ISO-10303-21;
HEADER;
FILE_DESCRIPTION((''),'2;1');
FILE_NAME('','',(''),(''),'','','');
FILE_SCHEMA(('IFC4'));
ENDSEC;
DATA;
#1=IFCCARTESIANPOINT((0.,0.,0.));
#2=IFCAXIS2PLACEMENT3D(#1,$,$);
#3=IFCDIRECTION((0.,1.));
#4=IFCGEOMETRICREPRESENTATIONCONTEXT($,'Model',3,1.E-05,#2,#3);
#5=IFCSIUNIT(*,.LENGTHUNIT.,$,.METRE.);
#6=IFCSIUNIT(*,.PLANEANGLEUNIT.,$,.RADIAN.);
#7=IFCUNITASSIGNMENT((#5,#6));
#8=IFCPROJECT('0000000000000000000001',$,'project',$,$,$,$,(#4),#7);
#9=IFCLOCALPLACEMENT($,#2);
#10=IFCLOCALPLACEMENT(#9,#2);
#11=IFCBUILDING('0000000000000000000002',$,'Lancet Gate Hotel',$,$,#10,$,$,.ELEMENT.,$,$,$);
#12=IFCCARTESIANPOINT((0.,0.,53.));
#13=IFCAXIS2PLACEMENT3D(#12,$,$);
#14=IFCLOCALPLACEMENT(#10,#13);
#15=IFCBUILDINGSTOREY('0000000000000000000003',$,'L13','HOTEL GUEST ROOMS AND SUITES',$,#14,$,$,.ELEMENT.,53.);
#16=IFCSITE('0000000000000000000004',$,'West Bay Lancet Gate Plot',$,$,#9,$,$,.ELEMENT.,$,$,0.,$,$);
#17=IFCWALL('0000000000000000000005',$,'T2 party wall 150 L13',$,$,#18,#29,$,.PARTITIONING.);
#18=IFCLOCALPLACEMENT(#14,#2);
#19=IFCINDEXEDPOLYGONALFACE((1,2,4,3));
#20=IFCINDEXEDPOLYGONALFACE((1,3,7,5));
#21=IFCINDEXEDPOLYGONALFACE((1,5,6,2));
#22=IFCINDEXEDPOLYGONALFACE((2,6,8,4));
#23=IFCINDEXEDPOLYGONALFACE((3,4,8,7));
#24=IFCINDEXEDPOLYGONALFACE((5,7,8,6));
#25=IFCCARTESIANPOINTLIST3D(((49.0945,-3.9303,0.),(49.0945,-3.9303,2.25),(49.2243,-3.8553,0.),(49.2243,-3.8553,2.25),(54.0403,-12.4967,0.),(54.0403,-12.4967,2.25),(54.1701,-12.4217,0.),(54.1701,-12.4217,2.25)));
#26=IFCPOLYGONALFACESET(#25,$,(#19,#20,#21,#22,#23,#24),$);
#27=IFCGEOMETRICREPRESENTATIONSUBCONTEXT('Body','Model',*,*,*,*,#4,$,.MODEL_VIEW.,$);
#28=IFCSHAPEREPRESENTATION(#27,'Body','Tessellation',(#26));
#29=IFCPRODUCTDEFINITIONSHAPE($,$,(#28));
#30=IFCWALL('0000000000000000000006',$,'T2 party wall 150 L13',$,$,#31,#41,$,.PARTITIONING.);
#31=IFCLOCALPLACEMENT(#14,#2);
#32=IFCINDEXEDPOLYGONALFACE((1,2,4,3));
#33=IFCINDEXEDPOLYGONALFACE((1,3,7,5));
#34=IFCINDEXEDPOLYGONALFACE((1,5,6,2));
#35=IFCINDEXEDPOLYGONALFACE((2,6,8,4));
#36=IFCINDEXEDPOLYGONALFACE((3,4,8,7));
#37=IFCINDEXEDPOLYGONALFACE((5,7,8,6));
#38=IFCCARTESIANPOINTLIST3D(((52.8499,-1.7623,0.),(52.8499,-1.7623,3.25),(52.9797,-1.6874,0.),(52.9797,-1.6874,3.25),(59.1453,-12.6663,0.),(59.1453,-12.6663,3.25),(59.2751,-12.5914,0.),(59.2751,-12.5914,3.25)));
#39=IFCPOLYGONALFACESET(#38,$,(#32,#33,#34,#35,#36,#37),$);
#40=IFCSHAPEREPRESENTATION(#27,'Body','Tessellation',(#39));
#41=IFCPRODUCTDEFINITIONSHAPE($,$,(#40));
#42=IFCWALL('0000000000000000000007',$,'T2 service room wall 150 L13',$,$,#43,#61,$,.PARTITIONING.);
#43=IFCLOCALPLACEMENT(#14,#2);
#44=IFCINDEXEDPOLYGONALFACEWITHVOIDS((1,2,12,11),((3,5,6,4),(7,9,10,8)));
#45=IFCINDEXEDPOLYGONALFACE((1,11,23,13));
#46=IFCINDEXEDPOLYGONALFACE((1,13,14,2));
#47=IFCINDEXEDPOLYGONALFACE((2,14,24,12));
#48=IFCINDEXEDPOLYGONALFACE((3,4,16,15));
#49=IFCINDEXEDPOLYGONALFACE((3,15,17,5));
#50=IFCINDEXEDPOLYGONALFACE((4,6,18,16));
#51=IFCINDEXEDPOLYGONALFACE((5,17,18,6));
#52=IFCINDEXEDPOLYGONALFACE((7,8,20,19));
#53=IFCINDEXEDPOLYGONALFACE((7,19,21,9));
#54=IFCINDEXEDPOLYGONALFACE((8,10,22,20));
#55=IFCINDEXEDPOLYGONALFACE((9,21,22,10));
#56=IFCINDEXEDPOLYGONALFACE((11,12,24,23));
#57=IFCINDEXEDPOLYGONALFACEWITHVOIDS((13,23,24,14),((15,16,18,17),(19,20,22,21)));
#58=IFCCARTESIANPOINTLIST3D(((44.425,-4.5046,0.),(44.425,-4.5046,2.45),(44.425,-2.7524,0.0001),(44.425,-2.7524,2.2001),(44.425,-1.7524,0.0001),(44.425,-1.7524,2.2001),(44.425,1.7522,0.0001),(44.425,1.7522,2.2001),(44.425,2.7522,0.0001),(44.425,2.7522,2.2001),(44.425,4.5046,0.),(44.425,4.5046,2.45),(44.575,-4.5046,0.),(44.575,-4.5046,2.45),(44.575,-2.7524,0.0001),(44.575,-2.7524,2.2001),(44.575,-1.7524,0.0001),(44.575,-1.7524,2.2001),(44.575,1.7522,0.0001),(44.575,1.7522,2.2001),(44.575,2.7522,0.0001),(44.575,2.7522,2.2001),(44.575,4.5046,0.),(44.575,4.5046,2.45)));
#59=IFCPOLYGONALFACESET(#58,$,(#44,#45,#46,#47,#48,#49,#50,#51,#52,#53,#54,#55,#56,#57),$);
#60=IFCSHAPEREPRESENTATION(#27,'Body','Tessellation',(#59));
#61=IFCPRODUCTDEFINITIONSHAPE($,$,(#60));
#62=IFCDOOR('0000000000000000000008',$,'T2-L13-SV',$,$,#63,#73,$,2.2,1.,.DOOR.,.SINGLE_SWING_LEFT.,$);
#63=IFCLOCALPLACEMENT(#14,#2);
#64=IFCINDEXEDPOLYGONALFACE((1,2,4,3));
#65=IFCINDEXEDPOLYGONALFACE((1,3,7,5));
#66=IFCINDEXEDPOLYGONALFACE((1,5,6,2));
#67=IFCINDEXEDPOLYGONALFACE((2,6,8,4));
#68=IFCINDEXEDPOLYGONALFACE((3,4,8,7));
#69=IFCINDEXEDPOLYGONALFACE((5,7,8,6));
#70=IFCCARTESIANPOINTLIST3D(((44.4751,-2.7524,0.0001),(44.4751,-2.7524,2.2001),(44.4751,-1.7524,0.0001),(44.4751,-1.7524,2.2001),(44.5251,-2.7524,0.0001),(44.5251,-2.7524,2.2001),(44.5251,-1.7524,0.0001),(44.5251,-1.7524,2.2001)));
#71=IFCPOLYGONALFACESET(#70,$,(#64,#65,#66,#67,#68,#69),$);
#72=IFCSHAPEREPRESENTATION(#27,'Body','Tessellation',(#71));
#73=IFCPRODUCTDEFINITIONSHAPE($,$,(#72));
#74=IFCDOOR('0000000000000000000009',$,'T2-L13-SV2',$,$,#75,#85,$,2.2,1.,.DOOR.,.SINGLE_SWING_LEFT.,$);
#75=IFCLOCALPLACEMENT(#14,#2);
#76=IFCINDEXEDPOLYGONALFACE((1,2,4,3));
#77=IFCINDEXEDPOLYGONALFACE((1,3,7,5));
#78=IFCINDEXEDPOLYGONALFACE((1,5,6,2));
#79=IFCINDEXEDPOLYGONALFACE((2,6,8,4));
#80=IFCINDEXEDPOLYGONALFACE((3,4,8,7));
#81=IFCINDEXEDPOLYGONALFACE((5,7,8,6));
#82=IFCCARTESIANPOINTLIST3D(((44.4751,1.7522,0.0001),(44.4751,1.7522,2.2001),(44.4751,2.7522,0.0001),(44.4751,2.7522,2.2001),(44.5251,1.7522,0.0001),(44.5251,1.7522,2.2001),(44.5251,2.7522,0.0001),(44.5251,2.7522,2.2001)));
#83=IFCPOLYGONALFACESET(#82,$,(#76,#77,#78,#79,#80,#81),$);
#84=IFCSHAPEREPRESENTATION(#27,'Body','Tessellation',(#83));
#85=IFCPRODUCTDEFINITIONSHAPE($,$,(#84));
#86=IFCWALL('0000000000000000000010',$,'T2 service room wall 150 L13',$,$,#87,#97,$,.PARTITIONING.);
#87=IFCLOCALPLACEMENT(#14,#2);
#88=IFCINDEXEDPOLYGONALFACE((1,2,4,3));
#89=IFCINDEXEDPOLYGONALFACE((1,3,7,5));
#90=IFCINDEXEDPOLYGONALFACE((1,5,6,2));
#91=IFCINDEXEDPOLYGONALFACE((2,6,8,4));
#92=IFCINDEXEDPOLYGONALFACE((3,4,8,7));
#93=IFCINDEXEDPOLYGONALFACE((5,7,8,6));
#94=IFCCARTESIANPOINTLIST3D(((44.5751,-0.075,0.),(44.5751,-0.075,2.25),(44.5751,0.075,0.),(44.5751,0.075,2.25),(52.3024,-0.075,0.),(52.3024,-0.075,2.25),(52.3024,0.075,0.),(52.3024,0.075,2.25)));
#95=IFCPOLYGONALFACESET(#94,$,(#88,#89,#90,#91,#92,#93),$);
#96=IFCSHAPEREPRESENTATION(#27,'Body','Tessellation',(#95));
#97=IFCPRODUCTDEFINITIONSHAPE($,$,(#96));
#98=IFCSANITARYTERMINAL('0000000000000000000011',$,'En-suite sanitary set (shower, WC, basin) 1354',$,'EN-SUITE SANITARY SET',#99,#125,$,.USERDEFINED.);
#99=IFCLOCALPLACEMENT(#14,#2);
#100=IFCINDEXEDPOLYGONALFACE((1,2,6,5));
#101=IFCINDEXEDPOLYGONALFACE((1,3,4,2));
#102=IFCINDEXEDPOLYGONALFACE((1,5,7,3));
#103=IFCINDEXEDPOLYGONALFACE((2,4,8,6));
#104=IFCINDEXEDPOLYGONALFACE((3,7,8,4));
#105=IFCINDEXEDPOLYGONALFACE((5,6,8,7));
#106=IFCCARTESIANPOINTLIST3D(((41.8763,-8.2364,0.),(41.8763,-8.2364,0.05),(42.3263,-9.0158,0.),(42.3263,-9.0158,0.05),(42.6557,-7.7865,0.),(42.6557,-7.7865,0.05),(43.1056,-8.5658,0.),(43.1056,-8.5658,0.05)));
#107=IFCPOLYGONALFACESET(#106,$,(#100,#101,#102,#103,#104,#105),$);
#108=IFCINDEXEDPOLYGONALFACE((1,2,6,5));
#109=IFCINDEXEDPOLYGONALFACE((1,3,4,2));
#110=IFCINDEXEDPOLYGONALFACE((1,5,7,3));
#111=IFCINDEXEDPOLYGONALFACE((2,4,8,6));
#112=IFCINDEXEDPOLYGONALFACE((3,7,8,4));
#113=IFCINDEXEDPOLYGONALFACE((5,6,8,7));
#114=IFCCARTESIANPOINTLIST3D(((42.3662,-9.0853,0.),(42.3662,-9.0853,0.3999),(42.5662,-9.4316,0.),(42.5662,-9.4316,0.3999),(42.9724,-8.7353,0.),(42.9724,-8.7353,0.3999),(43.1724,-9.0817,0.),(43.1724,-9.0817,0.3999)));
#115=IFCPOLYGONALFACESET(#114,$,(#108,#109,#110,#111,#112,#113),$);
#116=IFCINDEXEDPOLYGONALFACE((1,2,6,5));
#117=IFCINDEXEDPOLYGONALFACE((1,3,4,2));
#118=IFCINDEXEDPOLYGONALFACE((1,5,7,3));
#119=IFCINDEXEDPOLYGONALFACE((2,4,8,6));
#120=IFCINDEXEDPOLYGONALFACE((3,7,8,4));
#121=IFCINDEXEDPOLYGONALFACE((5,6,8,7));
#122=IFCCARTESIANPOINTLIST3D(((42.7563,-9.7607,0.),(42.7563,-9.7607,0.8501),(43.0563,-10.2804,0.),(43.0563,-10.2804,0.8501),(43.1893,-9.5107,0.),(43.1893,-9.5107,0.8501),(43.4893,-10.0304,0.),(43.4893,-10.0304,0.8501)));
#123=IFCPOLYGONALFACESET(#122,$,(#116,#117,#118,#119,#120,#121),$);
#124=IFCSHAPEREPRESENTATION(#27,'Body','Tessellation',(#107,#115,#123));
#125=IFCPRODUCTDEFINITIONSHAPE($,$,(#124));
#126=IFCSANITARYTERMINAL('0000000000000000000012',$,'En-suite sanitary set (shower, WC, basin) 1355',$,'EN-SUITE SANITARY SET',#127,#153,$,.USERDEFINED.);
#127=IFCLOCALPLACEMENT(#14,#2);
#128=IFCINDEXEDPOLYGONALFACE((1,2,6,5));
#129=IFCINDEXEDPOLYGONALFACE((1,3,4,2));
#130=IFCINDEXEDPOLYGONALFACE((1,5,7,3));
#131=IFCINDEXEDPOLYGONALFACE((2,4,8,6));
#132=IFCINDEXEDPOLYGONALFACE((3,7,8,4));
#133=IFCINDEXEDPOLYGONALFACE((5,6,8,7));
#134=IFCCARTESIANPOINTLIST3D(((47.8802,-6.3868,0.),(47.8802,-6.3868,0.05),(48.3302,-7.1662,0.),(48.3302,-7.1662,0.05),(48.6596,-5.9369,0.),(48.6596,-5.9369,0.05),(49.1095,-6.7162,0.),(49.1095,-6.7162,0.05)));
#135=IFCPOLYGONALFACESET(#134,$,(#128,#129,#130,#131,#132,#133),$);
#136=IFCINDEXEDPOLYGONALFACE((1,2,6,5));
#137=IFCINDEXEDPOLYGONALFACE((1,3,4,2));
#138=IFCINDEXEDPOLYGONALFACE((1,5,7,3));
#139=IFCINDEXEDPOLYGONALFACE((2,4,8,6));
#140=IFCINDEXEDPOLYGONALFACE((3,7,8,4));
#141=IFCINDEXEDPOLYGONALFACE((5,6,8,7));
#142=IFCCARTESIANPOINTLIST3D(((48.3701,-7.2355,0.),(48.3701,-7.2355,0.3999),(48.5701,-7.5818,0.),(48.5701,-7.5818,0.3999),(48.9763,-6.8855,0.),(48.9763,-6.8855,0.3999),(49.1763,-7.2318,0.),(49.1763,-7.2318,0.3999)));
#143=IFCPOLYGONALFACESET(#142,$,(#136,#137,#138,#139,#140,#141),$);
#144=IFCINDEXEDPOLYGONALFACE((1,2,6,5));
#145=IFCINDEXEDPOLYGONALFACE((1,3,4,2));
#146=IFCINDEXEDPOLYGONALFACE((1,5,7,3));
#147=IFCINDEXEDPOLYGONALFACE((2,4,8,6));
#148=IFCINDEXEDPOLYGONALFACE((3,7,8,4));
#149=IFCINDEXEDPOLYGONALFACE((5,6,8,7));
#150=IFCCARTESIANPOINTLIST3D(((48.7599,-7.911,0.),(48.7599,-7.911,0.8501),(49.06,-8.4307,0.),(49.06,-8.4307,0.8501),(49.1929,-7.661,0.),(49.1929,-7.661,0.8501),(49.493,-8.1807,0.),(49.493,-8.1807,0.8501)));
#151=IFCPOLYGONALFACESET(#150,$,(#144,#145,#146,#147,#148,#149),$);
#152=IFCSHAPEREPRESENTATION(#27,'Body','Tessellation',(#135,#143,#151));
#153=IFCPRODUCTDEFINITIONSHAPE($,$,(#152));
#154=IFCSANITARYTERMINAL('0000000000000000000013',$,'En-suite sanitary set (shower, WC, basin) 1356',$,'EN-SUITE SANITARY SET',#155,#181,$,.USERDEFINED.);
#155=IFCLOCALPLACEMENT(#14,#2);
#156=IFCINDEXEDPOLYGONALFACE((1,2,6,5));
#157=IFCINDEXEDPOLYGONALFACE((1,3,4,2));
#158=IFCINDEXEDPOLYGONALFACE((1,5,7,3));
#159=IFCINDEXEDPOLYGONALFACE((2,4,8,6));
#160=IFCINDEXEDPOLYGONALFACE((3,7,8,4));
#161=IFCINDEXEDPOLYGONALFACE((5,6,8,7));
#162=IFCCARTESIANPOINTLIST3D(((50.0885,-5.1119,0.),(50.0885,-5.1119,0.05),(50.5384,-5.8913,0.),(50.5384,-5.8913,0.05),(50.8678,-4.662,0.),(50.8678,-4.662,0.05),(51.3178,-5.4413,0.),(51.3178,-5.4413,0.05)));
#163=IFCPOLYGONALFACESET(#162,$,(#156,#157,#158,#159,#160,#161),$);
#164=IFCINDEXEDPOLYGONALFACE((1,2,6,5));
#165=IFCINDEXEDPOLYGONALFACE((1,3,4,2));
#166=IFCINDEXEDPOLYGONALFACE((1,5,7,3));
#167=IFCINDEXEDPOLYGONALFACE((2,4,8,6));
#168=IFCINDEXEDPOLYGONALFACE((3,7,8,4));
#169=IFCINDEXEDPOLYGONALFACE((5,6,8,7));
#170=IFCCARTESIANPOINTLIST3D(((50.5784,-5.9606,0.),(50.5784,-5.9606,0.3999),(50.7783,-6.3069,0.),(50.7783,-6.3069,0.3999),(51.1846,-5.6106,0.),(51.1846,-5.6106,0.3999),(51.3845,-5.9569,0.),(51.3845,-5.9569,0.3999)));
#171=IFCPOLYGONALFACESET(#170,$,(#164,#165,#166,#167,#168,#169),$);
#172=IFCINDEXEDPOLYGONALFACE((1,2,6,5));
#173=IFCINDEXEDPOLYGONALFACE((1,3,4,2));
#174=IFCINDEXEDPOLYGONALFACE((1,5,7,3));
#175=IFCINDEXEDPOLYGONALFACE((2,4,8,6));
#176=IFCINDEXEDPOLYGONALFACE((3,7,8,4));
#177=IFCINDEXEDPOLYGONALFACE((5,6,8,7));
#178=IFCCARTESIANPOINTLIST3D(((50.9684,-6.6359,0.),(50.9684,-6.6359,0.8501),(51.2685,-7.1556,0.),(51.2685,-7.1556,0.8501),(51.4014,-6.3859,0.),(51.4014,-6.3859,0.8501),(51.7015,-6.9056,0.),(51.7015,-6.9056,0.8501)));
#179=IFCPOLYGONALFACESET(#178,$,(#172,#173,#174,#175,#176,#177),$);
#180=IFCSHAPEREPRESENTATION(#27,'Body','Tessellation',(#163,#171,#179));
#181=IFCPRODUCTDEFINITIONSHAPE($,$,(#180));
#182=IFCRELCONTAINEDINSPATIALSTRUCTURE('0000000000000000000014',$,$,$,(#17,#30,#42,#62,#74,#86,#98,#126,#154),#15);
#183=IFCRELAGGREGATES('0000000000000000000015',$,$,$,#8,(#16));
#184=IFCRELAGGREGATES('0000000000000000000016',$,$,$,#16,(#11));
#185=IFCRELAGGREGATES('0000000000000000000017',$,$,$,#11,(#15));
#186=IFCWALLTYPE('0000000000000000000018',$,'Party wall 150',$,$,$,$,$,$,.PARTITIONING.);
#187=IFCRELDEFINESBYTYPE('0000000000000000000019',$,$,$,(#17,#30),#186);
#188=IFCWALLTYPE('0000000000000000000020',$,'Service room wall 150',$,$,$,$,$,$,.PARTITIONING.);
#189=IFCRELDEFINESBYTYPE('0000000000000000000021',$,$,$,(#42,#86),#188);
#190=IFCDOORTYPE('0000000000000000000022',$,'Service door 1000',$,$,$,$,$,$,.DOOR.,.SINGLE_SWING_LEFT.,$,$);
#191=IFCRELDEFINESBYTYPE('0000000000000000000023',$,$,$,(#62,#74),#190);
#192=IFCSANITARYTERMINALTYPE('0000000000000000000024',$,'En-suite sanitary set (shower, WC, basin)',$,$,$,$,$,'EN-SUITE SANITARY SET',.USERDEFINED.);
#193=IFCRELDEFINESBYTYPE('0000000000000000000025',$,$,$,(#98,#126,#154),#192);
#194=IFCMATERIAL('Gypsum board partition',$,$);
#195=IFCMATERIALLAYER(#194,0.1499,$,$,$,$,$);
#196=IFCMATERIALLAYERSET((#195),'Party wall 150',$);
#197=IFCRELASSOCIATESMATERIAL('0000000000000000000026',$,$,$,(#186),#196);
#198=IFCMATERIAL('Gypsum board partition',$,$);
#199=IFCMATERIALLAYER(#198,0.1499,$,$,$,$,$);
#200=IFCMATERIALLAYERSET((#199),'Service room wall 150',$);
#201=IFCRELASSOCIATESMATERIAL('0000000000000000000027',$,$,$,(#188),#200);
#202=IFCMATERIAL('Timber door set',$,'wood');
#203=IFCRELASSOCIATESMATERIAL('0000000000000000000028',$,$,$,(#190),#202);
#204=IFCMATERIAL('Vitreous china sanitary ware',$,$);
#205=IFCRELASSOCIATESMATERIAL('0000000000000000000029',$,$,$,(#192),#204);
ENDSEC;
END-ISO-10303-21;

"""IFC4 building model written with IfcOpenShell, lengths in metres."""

from ifc_helpers import new_model, si_unit, direction, frame, frame_2d, origin, origin_2d, place, context, subcontext, project, spatial, rectangle, extrude, material, layer, layer_set, type_object, element, fill, save


model = new_model("IFC4")

# Units and contexts
model_context = context("Model", 3, precision=1e-05, world=origin(), true_north=direction((0.0, 1.0)))
body_context = subcontext(model_context, "Body", "Model", "MODEL_VIEW")
ifc_project = project(units=[si_unit("LENGTHUNIT", "METRE"), si_unit("PLANEANGLEUNIT", "RADIAN")], contexts=[model_context])

# Site, building, storey
site_placement = place(None, origin())
site = spatial("IfcSite", under=ifc_project, at=site_placement, Name="West Bay Lancet Gate Plot", CompositionType="ELEMENT", RefElevation=0.0)
building_placement = place(site_placement, origin())
building = spatial("IfcBuilding", under=site, at=building_placement, Name="Lancet Gate Hotel", CompositionType="ELEMENT")
storey_placement = place(building_placement, frame((0.0, 0.0, 53.0)))
storey = spatial("IfcBuildingStorey", under=building, at=storey_placement, Name="L13", Description="HOTEL GUEST ROOMS AND SUITES", CompositionType="ELEMENT", Elevation=53.0)

# Walls
ifc_material_1 = material(Name="Gypsum board partition")
ifc_layer_1 = layer(ifc_material_1, 0.1499)
ifc_layer_set_1 = layer_set([ifc_layer_1], Name="Party wall 150")
wall_type_1 = type_object("IfcWallType", Name="Party wall 150", PredefinedType="PARTITIONING", material=ifc_layer_set_1)
wall_1_placement = place(storey_placement, frame((49.1594, -3.8928, 0.0), z_axis=(0.0, 0.0, 1.0), x_axis=(0.499999, -0.866026, 0.0)))
element("IfcWall", 1, at=wall_1_placement, inside=storey, type_object=wall_type_1, Name="T2 party wall 150 L13", PredefinedType="PARTITIONING", context=body_context, shape_type="SweptSolid", body=[
    extrude(rectangle(XDim=9.8916, YDim=0.1499, at=frame_2d((4.9458, 0.0))), origin(), (0.0, 0.0, 1.0), 2.25),
])
wall_2_placement = place(storey_placement, frame((52.9148, -1.7249, 0.0), z_axis=(0.0, 0.0, 1.0), x_axis=(0.499997, -0.866027, 0.0)))
element("IfcWall", 2, at=wall_2_placement, inside=storey, type_object=wall_type_1, Name="T2 party wall 150 L13", PredefinedType="PARTITIONING", context=body_context, shape_type="SweptSolid", body=[
    extrude(rectangle(XDim=12.5908, YDim=0.1499, at=frame_2d((6.2954, 0.0))), origin(), (0.0, 0.0, 1.0), 3.25),
])

# Wall, openings, doors
ifc_material_2 = material(Name="Gypsum board partition")
ifc_layer_2 = layer(ifc_material_2, 0.1499)
ifc_layer_set_2 = layer_set([ifc_layer_2], Name="Service room wall 150")
wall_type_2 = type_object("IfcWallType", Name="Service room wall 150", PredefinedType="PARTITIONING", material=ifc_layer_set_2)
wall_3_placement = place(storey_placement, frame((44.5, -4.5046, 0.0), z_axis=(0.0, 0.0, 1.0), x_axis=(0.0, 1.0, 0.0)))
wall_3 = element("IfcWall", 3, at=wall_3_placement, inside=storey, type_object=wall_type_2, Name="T2 service room wall 150 L13", PredefinedType="PARTITIONING", context=body_context, shape_type="SweptSolid", body=[
    extrude(rectangle(XDim=9.0093, YDim=0.1499, at=frame_2d((4.5046, 0.0))), origin(), (0.0, 0.0, 1.0), 2.45),
])
opening_1_placement = place(wall_3_placement, frame((1.7522, 0.0, 0.0)))
opening_1 = element("IfcOpeningElement", 4, at=opening_1_placement, cuts=wall_3, PredefinedType="OPENING", context=body_context, shape_type="SweptSolid", body=[
    extrude(rectangle(XDim=1.0, YDim=2.2, at=frame_2d((0.5, 1.1001))), frame((0.0, 0.085, 0.0), z_axis=(0.0, -1.0, 0.0), x_axis=(1.0, 0.0, 0.0)), (0.0, 0.0, 1.0), 0.1699),
])
opening_2_placement = place(wall_3_placement, frame((6.2568, 0.0, 0.0)))
opening_2 = element("IfcOpeningElement", 5, at=opening_2_placement, cuts=wall_3, PredefinedType="OPENING", context=body_context, shape_type="SweptSolid", body=[
    extrude(rectangle(XDim=1.0, YDim=2.2, at=frame_2d((0.5, 1.1001))), frame((0.0, 0.085, 0.0), z_axis=(0.0, -1.0, 0.0), x_axis=(1.0, 0.0, 0.0)), (0.0, 0.0, 1.0), 0.1699),
])
ifc_material_3 = material(Name="Timber door set", Category="wood")
door_type_1 = type_object("IfcDoorType", Name="Service door 1000", OperationType="SINGLE_SWING_LEFT", PredefinedType="DOOR", material=ifc_material_3)
door_1_placement = place(opening_1_placement, origin())
door_1 = element("IfcDoor", 6, at=door_1_placement, inside=storey, type_object=door_type_1, Name="T2-L13-SV", OperationType="SINGLE_SWING_LEFT", OverallHeight=2.2, OverallWidth=1.0, PredefinedType="DOOR", context=body_context, shape_type="SweptSolid", body=[
    extrude(rectangle(XDim=1.0, YDim=2.2, at=frame_2d((0.5, 1.1001))), frame((0.0, 0.0249, 0.0), z_axis=(0.0, -1.0, 0.0), x_axis=(1.0, 0.0, 0.0)), (0.0, 0.0, 1.0), 0.05),
])
fill(opening_1, door_1)
door_2_placement = place(opening_2_placement, origin())
door_2 = element("IfcDoor", 7, at=door_2_placement, inside=storey, type_object=door_type_1, Name="T2-L13-SV2", OperationType="SINGLE_SWING_LEFT", OverallHeight=2.2, OverallWidth=1.0, PredefinedType="DOOR", context=body_context, shape_type="SweptSolid", body=[
    extrude(rectangle(XDim=1.0, YDim=2.2, at=frame_2d((0.5, 1.1001))), frame((0.0, 0.0249, 0.0), z_axis=(0.0, -1.0, 0.0), x_axis=(1.0, 0.0, 0.0)), (0.0, 0.0, 1.0), 0.05),
])
fill(opening_2, door_2)

# Wall
wall_4_placement = place(storey_placement, frame((44.575, 0.0, 0.0), z_axis=(0.0, 0.0, 1.0), x_axis=(1.0, 0.0, 0.0)))
element("IfcWall", 8, at=wall_4_placement, inside=storey, type_object=wall_type_2, Name="T2 service room wall 150 L13", PredefinedType="PARTITIONING", context=body_context, shape_type="SweptSolid", body=[
    extrude(rectangle(XDim=7.7273, YDim=0.1499, at=frame_2d((3.8638, 0.0))), origin(), (0.0, 0.0, 1.0), 2.25),
])

# Sanitary terminals
ifc_material_4 = material(Name="Vitreous china sanitary ware")
sanitary_terminal_type = type_object("IfcSanitaryTerminalType", Name="En-suite sanitary set (shower, WC, basin)", ElementType="EN-SUITE SANITARY SET", PredefinedType="USERDEFINED", material=ifc_material_4)
sanitary_terminal_1_placement = place(storey_placement, frame((42.491, -8.4011, 0.0), z_axis=(0.0, 0.0, 1.0), x_axis=(1.0, 0.0, 0.0)))
element("IfcSanitaryTerminal", 9, at=sanitary_terminal_1_placement, inside=storey, type_object=sanitary_terminal_type, Name="En-suite sanitary set (shower, WC, basin) 1354", ObjectType="EN-SUITE SANITARY SET", PredefinedType="USERDEFINED", context=body_context, shape_type="SweptSolid", body=[
    extrude(rectangle(XDim=0.8999, YDim=0.8999, at=origin_2d()), frame((0.0, 0.0, 0.0), z_axis=(0.0, 0.0, 1.0), x_axis=(-0.5, 0.866025, 0.0)), (0.0, 0.0, 1.0), 0.05),
    extrude(rectangle(XDim=0.3999, YDim=0.7, at=origin_2d()), frame((0.2783, -0.6824, 0.0), z_axis=(0.0, 0.0, 1.0), x_axis=(-0.5, 0.866025, 0.0)), (0.0, 0.0, 1.0), 0.3999),
    extrude(rectangle(XDim=0.6001, YDim=0.5, at=origin_2d()), frame((0.6318, -1.4944, 0.0), z_axis=(0.0, 0.0, 1.0), x_axis=(-0.5, 0.866025, 0.0)), (0.0, 0.0, 1.0), 0.8501),
])
sanitary_terminal_2_placement = place(storey_placement, frame((48.4949, -6.5515, 0.0), z_axis=(0.0, 0.0, 1.0), x_axis=(1.0, 0.0, 0.0)))
element("IfcSanitaryTerminal", 10, at=sanitary_terminal_2_placement, inside=storey, type_object=sanitary_terminal_type, Name="En-suite sanitary set (shower, WC, basin) 1355", ObjectType="EN-SUITE SANITARY SET", PredefinedType="USERDEFINED", context=body_context, shape_type="SweptSolid", body=[
    extrude(rectangle(XDim=0.8999, YDim=0.8999, at=origin_2d()), frame((0.0, 0.0, 0.0), z_axis=(0.0, 0.0, 1.0), x_axis=(-0.5, 0.866025, 0.0)), (0.0, 0.0, 1.0), 0.05),
    extrude(rectangle(XDim=0.3999, YDim=0.7, at=origin_2d()), frame((0.2783, -0.6821, 0.0), z_axis=(0.0, 0.0, 1.0), x_axis=(-0.5, 0.866025, 0.0)), (0.0, 0.0, 1.0), 0.3999),
    extrude(rectangle(XDim=0.6001, YDim=0.5, at=origin_2d()), frame((0.6316, -1.4944, 0.0), z_axis=(0.0, 0.0, 1.0), x_axis=(-0.5, 0.866025, 0.0)), (0.0, 0.0, 1.0), 0.8501),
])
sanitary_terminal_3_placement = place(storey_placement, frame((50.7031, -5.2766, 0.0), z_axis=(0.0, 0.0, 1.0), x_axis=(1.0, 0.0, 0.0)))
element("IfcSanitaryTerminal", 11, at=sanitary_terminal_3_placement, inside=storey, type_object=sanitary_terminal_type, Name="En-suite sanitary set (shower, WC, basin) 1356", ObjectType="EN-SUITE SANITARY SET", PredefinedType="USERDEFINED", context=body_context, shape_type="SweptSolid", body=[
    extrude(rectangle(XDim=0.8999, YDim=0.8999, at=origin_2d()), frame((0.0, 0.0, 0.0), z_axis=(0.0, 0.0, 1.0), x_axis=(-0.5, 0.866025, 0.0)), (0.0, 0.0, 1.0), 0.05),
    extrude(rectangle(XDim=0.3999, YDim=0.7, at=origin_2d()), frame((0.2783, -0.6821, 0.0), z_axis=(0.0, 0.0, 1.0), x_axis=(-0.5, 0.866025, 0.0)), (0.0, 0.0, 1.0), 0.3999),
    extrude(rectangle(XDim=0.6001, YDim=0.5, at=origin_2d()), frame((0.6318, -1.4941, 0.0), z_axis=(0.0, 0.0, 1.0), x_axis=(-0.5, 0.866025, 0.0)), (0.0, 0.0, 1.0), 0.8501),
])

save(model, "model.ifc")
